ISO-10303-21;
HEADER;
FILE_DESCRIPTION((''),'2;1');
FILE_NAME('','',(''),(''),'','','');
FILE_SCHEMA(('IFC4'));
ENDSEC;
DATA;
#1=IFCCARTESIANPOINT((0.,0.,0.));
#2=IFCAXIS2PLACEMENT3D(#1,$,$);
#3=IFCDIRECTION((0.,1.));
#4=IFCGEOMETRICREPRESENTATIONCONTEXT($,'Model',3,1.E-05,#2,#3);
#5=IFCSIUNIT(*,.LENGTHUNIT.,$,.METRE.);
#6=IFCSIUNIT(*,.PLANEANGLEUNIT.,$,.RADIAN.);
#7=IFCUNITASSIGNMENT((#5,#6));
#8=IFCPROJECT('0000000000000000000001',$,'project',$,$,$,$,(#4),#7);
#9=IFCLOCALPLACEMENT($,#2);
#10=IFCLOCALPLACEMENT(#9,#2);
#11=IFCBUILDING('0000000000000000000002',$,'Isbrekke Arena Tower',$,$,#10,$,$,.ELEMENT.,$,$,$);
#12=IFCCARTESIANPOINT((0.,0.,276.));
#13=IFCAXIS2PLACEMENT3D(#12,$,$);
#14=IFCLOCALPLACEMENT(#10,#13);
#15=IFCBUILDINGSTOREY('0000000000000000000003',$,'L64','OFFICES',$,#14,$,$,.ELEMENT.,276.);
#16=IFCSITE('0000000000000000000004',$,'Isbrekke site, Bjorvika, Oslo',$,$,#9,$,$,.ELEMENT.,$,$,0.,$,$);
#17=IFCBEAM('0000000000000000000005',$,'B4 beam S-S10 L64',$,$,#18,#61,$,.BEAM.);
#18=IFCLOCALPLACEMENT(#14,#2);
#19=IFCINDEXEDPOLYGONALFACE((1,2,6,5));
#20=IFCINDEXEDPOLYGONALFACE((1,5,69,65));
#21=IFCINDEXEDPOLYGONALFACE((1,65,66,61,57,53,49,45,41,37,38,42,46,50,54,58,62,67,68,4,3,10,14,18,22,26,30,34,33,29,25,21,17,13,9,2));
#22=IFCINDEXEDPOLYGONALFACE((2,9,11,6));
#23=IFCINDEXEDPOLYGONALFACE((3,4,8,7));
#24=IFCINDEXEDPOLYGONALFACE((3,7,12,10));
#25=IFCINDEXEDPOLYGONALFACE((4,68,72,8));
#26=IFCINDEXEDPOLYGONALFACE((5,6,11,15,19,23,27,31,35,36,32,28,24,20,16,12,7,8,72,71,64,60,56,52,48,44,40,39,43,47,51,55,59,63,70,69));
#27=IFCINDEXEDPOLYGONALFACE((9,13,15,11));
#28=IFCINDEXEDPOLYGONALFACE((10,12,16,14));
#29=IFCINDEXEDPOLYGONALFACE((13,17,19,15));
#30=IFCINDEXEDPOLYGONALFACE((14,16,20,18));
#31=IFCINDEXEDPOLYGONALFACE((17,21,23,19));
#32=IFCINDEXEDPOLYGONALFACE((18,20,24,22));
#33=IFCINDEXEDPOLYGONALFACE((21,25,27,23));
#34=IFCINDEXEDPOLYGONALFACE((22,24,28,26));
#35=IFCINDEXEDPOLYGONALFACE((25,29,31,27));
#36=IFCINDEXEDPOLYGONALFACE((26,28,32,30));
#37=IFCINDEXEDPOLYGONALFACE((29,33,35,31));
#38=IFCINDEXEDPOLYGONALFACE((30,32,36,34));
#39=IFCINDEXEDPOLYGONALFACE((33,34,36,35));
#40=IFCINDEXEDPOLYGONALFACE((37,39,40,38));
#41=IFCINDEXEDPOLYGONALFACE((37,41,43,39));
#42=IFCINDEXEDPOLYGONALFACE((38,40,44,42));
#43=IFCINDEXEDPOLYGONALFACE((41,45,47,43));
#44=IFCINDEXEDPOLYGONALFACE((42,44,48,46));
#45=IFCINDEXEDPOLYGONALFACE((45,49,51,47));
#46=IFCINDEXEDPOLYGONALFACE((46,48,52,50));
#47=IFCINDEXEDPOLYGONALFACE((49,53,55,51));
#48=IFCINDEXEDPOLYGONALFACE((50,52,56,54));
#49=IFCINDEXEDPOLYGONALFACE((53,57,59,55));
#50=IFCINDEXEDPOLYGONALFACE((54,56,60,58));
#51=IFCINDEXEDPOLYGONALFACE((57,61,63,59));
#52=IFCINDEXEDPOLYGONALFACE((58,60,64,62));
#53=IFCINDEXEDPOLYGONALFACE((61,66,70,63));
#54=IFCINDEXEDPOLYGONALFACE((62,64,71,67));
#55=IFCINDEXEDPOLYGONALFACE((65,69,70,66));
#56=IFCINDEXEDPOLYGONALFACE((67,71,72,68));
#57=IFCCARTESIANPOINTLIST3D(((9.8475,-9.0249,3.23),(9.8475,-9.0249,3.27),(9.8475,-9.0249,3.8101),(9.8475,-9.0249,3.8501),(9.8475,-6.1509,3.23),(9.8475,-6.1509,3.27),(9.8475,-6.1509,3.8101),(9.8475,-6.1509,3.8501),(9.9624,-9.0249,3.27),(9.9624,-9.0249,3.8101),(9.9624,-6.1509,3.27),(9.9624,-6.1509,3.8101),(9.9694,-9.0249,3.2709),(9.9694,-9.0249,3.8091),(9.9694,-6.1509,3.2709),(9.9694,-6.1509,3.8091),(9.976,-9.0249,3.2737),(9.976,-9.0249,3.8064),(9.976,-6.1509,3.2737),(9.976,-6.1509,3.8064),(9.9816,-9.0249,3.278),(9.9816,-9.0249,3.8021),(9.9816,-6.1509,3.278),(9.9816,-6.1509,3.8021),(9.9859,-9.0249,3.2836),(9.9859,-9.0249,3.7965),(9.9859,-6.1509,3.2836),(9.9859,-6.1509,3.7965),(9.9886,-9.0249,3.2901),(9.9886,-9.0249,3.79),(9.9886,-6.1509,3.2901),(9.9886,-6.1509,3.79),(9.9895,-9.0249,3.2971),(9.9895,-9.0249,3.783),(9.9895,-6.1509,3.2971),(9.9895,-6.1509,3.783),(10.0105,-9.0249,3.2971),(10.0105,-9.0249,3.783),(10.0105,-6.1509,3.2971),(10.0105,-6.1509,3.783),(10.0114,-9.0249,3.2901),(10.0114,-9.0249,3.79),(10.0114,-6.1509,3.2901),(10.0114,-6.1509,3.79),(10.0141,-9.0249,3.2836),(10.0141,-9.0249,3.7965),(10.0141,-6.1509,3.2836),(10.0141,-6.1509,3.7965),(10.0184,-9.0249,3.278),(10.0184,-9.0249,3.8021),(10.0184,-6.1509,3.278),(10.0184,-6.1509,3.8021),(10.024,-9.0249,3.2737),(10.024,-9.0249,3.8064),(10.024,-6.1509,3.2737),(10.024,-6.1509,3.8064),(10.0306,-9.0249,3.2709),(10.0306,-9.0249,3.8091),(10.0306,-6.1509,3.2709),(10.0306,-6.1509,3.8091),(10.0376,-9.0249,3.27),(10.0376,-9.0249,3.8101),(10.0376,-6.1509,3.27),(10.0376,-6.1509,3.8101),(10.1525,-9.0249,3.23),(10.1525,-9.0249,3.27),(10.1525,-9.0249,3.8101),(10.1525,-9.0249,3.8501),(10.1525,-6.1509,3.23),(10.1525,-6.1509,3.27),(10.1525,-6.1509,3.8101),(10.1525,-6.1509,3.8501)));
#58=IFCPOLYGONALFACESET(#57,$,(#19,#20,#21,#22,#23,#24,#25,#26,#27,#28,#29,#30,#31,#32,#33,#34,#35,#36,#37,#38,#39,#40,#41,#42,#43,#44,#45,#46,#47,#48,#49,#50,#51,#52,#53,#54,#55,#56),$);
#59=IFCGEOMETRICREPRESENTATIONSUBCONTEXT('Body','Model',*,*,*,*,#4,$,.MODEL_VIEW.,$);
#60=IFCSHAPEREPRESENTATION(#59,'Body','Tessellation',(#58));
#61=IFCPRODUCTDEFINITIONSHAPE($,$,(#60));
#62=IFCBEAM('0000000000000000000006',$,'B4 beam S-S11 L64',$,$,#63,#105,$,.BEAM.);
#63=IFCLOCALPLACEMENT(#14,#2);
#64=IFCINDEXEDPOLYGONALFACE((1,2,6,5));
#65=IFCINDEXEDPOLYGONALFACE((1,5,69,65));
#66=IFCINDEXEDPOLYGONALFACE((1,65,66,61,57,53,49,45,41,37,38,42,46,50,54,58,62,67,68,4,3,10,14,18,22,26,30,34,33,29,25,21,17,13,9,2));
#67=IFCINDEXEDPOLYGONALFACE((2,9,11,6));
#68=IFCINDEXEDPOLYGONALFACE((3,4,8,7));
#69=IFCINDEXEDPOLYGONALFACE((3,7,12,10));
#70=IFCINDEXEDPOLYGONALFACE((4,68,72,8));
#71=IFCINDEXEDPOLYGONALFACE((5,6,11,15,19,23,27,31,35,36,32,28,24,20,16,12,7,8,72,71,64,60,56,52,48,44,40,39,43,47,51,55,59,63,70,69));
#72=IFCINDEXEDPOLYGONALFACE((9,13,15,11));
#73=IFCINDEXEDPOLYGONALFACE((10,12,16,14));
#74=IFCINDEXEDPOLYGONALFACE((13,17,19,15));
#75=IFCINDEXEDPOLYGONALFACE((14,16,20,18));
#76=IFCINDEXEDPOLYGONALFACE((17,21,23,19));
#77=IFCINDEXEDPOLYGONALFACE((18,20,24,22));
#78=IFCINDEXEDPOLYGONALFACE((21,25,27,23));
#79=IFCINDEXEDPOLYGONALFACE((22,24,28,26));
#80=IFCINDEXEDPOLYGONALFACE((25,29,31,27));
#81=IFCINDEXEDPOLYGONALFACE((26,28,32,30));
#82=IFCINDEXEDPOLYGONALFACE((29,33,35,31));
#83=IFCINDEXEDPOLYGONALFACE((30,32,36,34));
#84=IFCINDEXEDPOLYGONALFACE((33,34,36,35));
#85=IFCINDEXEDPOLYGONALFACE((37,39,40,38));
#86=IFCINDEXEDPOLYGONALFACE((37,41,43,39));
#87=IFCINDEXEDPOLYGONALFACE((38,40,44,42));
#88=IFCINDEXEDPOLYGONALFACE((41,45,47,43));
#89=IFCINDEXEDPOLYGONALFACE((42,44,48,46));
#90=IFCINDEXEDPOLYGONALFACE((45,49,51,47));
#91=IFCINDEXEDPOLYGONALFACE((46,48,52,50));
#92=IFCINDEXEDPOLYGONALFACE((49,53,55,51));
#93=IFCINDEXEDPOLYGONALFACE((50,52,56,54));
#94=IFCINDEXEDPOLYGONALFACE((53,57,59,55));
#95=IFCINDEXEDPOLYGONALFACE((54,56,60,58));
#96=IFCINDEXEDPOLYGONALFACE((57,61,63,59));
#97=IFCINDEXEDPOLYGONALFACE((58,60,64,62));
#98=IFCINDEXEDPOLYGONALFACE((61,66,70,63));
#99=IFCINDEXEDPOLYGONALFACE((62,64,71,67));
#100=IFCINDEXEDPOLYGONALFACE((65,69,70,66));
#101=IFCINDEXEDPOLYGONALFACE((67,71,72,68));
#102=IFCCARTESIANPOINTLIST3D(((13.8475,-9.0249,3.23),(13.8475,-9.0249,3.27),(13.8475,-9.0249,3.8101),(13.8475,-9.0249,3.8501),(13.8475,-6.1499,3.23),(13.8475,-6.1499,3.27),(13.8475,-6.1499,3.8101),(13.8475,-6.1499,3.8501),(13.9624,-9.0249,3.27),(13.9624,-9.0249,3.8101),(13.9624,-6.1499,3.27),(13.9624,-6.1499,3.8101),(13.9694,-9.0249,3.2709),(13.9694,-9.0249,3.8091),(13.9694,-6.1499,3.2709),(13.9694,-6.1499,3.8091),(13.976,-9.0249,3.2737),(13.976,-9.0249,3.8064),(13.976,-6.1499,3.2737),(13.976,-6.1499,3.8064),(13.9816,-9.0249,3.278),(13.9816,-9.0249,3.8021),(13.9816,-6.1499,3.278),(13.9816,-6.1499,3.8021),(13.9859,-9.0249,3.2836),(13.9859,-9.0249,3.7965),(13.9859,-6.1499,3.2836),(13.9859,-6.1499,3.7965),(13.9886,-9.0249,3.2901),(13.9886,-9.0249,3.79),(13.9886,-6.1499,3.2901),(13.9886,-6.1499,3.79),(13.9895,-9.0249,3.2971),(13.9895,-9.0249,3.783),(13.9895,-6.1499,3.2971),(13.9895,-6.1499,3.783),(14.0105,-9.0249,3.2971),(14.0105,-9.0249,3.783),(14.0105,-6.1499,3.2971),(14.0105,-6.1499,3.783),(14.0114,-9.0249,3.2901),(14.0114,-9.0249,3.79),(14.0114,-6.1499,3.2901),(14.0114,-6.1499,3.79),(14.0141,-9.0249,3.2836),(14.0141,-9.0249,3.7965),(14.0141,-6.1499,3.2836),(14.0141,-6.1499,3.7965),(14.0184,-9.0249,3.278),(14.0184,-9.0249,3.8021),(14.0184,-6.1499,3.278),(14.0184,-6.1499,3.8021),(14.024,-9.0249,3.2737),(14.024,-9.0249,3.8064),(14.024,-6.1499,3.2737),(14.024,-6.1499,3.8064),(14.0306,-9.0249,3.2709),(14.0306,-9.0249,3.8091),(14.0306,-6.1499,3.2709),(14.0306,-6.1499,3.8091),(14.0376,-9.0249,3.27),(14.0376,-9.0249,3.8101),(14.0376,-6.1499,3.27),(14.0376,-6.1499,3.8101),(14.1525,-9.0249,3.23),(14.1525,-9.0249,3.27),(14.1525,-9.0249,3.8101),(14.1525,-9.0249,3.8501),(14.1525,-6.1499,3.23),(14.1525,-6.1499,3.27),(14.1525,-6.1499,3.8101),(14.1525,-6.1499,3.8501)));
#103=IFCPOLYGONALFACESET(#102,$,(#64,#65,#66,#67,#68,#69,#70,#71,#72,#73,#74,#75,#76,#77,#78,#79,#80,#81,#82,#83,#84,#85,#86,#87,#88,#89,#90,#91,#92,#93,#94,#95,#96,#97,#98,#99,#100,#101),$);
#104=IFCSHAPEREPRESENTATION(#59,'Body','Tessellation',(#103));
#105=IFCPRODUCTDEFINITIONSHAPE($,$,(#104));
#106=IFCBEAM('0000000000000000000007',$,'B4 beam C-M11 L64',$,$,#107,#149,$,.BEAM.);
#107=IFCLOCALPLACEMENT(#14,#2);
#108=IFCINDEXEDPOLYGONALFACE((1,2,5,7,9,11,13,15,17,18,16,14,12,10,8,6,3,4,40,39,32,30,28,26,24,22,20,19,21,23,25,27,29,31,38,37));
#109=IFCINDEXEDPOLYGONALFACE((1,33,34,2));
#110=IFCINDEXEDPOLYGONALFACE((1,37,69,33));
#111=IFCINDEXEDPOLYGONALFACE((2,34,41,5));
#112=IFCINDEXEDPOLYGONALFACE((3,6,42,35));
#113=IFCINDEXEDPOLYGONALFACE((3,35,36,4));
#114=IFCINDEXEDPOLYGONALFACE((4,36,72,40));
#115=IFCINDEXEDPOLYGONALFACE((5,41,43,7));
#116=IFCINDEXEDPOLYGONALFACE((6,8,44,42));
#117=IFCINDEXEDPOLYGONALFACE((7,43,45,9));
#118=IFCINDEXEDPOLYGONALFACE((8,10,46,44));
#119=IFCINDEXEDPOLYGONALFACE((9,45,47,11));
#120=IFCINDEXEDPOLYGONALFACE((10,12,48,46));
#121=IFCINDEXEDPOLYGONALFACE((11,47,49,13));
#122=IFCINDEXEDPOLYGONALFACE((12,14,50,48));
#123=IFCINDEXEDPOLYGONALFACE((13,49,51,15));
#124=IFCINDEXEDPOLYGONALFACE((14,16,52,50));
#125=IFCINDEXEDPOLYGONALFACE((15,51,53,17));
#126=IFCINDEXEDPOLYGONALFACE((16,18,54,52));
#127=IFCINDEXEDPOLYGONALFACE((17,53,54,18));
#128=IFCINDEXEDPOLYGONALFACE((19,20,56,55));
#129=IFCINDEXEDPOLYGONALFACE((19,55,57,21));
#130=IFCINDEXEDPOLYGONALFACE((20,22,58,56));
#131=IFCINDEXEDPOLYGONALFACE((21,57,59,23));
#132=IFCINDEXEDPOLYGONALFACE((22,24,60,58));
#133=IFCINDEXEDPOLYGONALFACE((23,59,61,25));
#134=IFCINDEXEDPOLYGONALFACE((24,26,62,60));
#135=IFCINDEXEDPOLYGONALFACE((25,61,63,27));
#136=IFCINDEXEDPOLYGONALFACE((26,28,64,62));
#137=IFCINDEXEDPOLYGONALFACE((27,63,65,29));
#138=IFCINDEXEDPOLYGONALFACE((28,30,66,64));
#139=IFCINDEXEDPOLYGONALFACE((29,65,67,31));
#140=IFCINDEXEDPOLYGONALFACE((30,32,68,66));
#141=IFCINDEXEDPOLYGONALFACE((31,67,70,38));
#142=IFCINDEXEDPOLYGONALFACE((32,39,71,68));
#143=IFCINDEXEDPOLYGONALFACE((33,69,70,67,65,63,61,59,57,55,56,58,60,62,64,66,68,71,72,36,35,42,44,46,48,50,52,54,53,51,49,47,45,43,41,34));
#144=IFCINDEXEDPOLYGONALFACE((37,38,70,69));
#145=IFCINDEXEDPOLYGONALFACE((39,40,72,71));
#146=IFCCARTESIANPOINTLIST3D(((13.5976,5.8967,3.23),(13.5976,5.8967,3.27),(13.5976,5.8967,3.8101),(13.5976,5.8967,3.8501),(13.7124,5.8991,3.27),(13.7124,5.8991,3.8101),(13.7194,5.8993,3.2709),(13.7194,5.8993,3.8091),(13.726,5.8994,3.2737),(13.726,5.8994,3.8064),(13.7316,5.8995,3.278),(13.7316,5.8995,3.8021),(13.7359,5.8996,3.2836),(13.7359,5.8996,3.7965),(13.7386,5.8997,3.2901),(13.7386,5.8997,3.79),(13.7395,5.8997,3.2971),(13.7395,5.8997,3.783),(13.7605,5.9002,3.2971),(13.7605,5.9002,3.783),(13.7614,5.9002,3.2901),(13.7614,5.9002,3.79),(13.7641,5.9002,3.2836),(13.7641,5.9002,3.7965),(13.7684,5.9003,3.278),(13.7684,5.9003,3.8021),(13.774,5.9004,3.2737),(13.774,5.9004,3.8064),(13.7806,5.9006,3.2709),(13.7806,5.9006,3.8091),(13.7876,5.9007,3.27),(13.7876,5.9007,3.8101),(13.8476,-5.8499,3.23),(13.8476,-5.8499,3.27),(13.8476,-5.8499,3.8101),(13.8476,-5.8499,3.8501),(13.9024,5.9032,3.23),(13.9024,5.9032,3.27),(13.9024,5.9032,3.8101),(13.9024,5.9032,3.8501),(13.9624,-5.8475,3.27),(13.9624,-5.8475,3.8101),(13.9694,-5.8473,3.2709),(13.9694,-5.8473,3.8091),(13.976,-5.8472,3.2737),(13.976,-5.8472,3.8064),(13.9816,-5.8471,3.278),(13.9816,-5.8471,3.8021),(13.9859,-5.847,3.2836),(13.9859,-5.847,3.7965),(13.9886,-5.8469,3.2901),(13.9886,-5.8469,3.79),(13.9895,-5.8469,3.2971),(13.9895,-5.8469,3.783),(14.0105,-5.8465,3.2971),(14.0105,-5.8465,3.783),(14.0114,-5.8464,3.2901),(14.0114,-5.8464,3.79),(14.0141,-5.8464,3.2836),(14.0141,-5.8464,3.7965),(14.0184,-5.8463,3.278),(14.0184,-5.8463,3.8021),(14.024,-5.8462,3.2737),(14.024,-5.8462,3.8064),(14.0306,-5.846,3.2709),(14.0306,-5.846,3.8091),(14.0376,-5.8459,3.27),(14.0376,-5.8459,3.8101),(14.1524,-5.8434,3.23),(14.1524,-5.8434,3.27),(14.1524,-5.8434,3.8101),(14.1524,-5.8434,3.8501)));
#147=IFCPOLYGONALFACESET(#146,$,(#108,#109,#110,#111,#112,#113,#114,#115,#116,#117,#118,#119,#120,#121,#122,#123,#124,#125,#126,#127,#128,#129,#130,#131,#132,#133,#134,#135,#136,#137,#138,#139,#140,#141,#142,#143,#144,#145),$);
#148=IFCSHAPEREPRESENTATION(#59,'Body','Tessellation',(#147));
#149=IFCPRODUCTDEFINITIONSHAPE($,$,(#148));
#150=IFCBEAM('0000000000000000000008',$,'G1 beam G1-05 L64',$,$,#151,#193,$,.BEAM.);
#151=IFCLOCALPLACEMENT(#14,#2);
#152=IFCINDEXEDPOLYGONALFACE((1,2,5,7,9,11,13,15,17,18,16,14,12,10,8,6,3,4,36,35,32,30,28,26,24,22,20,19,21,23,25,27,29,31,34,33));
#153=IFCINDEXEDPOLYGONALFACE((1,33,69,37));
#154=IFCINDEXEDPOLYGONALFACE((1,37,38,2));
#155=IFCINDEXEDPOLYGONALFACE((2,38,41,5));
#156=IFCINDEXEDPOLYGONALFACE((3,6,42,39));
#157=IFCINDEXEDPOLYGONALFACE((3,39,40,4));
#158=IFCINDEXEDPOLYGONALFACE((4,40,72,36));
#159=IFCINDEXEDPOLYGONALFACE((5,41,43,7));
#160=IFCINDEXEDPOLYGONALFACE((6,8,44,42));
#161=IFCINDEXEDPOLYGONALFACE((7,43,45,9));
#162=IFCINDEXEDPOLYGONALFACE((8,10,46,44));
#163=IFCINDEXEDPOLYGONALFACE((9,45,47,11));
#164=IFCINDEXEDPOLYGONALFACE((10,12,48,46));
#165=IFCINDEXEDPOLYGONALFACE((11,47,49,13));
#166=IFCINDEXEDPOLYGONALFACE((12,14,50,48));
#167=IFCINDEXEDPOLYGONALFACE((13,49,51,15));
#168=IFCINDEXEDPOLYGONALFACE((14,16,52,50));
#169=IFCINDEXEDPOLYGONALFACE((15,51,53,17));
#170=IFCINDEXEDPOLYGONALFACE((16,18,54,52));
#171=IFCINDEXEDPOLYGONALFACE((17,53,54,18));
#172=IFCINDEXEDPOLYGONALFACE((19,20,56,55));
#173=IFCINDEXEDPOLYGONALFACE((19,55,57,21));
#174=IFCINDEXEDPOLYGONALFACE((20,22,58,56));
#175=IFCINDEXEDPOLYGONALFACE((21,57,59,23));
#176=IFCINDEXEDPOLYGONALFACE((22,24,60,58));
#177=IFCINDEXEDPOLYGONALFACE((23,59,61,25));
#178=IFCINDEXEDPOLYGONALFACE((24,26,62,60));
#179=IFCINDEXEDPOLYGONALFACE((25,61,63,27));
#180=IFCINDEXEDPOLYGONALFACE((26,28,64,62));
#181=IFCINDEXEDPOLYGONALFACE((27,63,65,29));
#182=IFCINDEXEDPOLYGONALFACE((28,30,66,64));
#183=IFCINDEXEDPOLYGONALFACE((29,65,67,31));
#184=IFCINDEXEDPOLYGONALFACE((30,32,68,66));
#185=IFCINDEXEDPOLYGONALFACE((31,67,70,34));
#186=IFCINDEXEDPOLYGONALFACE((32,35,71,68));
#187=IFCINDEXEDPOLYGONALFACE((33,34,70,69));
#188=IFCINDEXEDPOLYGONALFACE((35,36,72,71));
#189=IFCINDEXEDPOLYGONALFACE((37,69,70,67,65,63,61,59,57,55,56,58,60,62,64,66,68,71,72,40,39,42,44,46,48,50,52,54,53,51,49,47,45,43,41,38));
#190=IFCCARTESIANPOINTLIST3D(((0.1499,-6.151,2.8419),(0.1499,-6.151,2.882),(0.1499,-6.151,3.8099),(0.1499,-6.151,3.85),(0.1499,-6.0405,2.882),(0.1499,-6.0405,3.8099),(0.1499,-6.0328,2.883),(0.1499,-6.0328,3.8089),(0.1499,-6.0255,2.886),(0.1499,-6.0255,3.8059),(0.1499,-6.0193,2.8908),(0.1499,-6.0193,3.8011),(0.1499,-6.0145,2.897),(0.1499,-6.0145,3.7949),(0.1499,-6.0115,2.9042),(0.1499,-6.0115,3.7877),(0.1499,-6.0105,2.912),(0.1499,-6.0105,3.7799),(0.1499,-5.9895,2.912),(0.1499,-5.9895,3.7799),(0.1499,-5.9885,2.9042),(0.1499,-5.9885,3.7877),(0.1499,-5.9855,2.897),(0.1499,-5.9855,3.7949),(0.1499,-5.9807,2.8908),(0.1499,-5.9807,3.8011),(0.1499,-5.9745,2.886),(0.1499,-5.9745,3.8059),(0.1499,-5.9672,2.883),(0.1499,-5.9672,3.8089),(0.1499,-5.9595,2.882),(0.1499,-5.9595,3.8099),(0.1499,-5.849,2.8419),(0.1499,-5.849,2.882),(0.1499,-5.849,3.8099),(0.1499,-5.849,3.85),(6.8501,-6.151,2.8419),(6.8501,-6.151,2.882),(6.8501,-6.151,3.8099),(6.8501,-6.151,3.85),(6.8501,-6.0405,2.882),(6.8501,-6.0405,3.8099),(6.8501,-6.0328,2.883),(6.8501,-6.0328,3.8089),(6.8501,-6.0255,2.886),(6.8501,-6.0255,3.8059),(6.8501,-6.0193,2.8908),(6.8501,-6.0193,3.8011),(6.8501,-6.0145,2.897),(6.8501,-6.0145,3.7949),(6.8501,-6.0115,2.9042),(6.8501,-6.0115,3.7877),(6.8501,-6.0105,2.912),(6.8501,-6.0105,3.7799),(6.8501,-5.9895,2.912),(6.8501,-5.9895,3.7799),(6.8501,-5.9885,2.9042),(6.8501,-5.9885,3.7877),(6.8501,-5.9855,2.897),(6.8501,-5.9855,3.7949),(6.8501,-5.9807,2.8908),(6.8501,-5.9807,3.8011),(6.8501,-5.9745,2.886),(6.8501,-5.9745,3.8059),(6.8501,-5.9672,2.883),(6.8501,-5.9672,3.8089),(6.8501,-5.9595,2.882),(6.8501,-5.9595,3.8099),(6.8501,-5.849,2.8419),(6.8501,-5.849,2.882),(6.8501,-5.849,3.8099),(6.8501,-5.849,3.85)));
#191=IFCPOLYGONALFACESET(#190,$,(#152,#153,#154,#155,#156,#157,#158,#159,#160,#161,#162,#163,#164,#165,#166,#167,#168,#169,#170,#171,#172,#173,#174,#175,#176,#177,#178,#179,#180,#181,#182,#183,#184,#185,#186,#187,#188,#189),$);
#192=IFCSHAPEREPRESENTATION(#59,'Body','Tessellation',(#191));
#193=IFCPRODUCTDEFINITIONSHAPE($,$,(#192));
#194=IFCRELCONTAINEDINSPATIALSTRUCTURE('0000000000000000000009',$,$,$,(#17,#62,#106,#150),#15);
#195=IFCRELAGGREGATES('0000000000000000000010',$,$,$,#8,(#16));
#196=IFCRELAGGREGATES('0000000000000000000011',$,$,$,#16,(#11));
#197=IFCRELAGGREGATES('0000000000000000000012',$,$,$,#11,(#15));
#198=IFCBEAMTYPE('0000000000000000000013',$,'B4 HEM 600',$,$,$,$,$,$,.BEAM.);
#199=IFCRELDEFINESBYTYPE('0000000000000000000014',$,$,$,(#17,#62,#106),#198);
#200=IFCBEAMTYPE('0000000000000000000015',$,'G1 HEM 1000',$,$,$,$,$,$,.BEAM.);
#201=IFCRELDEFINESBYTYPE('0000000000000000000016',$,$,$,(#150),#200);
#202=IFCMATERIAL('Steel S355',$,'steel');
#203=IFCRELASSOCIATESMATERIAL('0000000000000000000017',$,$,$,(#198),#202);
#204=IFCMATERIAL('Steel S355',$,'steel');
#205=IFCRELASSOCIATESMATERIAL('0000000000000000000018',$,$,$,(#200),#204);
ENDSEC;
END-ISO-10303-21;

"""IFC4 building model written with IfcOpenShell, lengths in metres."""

from ifc_helpers import new_model, si_unit, direction, frame, origin, origin_2d, place, context, subcontext, project, spatial, i_section, extrude, material, material_profile, profile_set, type_object, element, save


model = new_model("IFC4")

# Units and contexts
model_context = context("Model", 3, precision=1e-05, world=origin(), true_north=direction((0.0, 1.0)))
body_context = subcontext(model_context, "Body", "Model", "MODEL_VIEW")
ifc_project = project(units=[si_unit("LENGTHUNIT", "METRE"), si_unit("PLANEANGLEUNIT", "RADIAN")], contexts=[model_context])

# Site, building, storey
site_placement = place(None, origin())
site = spatial("IfcSite", under=ifc_project, at=site_placement, Name="Isbrekke site, Bjorvika, Oslo", CompositionType="ELEMENT", RefElevation=0.0)
building_placement = place(site_placement, origin())
building = spatial("IfcBuilding", under=site, at=building_placement, Name="Isbrekke Arena Tower", CompositionType="ELEMENT")
storey_placement = place(building_placement, frame((0.0, 0.0, 276.0)))
storey = spatial("IfcBuildingStorey", under=building, at=storey_placement, Name="L64", Description="OFFICES", CompositionType="ELEMENT", Elevation=276.0)

# Beams
ifc_material_1 = material(Name="Steel S355", Category="steel")
ifc_material_profile_1 = material_profile(ifc_material_1, i_section(OverallWidth=0.3049, OverallDepth=0.6201, WebThickness=0.021, FlangeThickness=0.04, FilletRadius=0.0271, at=origin_2d()), Name="HEM 600")
ifc_profile_set_1 = profile_set([ifc_material_profile_1], Name="Steel S355")
beam_type_1 = type_object("IfcBeamType", Name="B4 HEM 600", PredefinedType="BEAM", material=ifc_profile_set_1)
for number, where, z_axis, x_axis, name in (
    (1, (10.0, -9.0249, 3.54), (0.0, 1.0, 0.0), (-1.0, 0.0, 0.0), "B4 beam S-S10 L64"),
):
    element("IfcBeam", number, at=place(storey_placement, frame(where, z_axis=z_axis, x_axis=x_axis)), inside=storey, type_object=beam_type_1, Name=name, PredefinedType="BEAM", context=body_context, shape_type="SweptSolid", body=[
        extrude(i_section(OverallWidth=0.3049, OverallDepth=0.6201, WebThickness=0.021, FlangeThickness=0.04, FilletRadius=0.0271, at=origin_2d()), origin(), (0.0, 0.0, 1.0), 2.874),
    ])
beam_1_placement = place(storey_placement, frame((14.0, -9.0249, 3.54), z_axis=(0.0, 1.0, 0.0), x_axis=(-1.0, 0.0, 0.0)))
element("IfcBeam", 2, at=beam_1_placement, inside=storey, type_object=beam_type_1, Name="B4 beam S-S11 L64", PredefinedType="BEAM", context=body_context, shape_type="SweptSolid", body=[
    extrude(i_section(OverallWidth=0.3049, OverallDepth=0.6201, WebThickness=0.021, FlangeThickness=0.04, FilletRadius=0.0271, at=origin_2d()), origin(), (0.0, 0.0, 1.0), 2.875),
])
beam_2_placement = place(storey_placement, frame((14.0, -5.8467, 3.54), z_axis=(-0.021278, 0.999774, 0.0), x_axis=(-0.999774, -0.021278, 0.0)))
element("IfcBeam", 3, at=beam_2_placement, inside=storey, type_object=beam_type_1, Name="B4 beam C-M11 L64", PredefinedType="BEAM", context=body_context, shape_type="SweptSolid", body=[
    extrude(i_section(OverallWidth=0.3049, OverallDepth=0.6201, WebThickness=0.021, FlangeThickness=0.04, FilletRadius=0.0271, at=origin_2d()), origin(), (0.0, 0.0, 1.0), 11.7493),
])
ifc_material_2 = material(Name="Steel S355", Category="steel")
ifc_material_profile_2 = material_profile(ifc_material_2, i_section(OverallWidth=0.302, OverallDepth=1.0081, WebThickness=0.021, FlangeThickness=0.04, FilletRadius=0.03, at=origin_2d()), Name="HEM 1000")
ifc_profile_set_2 = profile_set([ifc_material_profile_2], Name="Steel S355")
beam_type_2 = type_object("IfcBeamType", Name="G1 HEM 1000", PredefinedType="BEAM", material=ifc_profile_set_2)
for number, where, z_axis, x_axis, name in (
    (4, (0.1499, -6.0, 3.3459), (1.0, 0.0, 0.0), (0.0, 1.0, 0.0), "G1 beam G1-05 L64"),
):
    element("IfcBeam", number, at=place(storey_placement, frame(where, z_axis=z_axis, x_axis=x_axis)), inside=storey, type_object=beam_type_2, Name=name, PredefinedType="BEAM", context=body_context, shape_type="SweptSolid", body=[
        extrude(i_section(OverallWidth=0.302, OverallDepth=1.0081, WebThickness=0.021, FlangeThickness=0.04, FilletRadius=0.03, at=origin_2d()), origin(), (0.0, 0.0, 1.0), 6.7002),
    ])

save(model, "model.ifc")
